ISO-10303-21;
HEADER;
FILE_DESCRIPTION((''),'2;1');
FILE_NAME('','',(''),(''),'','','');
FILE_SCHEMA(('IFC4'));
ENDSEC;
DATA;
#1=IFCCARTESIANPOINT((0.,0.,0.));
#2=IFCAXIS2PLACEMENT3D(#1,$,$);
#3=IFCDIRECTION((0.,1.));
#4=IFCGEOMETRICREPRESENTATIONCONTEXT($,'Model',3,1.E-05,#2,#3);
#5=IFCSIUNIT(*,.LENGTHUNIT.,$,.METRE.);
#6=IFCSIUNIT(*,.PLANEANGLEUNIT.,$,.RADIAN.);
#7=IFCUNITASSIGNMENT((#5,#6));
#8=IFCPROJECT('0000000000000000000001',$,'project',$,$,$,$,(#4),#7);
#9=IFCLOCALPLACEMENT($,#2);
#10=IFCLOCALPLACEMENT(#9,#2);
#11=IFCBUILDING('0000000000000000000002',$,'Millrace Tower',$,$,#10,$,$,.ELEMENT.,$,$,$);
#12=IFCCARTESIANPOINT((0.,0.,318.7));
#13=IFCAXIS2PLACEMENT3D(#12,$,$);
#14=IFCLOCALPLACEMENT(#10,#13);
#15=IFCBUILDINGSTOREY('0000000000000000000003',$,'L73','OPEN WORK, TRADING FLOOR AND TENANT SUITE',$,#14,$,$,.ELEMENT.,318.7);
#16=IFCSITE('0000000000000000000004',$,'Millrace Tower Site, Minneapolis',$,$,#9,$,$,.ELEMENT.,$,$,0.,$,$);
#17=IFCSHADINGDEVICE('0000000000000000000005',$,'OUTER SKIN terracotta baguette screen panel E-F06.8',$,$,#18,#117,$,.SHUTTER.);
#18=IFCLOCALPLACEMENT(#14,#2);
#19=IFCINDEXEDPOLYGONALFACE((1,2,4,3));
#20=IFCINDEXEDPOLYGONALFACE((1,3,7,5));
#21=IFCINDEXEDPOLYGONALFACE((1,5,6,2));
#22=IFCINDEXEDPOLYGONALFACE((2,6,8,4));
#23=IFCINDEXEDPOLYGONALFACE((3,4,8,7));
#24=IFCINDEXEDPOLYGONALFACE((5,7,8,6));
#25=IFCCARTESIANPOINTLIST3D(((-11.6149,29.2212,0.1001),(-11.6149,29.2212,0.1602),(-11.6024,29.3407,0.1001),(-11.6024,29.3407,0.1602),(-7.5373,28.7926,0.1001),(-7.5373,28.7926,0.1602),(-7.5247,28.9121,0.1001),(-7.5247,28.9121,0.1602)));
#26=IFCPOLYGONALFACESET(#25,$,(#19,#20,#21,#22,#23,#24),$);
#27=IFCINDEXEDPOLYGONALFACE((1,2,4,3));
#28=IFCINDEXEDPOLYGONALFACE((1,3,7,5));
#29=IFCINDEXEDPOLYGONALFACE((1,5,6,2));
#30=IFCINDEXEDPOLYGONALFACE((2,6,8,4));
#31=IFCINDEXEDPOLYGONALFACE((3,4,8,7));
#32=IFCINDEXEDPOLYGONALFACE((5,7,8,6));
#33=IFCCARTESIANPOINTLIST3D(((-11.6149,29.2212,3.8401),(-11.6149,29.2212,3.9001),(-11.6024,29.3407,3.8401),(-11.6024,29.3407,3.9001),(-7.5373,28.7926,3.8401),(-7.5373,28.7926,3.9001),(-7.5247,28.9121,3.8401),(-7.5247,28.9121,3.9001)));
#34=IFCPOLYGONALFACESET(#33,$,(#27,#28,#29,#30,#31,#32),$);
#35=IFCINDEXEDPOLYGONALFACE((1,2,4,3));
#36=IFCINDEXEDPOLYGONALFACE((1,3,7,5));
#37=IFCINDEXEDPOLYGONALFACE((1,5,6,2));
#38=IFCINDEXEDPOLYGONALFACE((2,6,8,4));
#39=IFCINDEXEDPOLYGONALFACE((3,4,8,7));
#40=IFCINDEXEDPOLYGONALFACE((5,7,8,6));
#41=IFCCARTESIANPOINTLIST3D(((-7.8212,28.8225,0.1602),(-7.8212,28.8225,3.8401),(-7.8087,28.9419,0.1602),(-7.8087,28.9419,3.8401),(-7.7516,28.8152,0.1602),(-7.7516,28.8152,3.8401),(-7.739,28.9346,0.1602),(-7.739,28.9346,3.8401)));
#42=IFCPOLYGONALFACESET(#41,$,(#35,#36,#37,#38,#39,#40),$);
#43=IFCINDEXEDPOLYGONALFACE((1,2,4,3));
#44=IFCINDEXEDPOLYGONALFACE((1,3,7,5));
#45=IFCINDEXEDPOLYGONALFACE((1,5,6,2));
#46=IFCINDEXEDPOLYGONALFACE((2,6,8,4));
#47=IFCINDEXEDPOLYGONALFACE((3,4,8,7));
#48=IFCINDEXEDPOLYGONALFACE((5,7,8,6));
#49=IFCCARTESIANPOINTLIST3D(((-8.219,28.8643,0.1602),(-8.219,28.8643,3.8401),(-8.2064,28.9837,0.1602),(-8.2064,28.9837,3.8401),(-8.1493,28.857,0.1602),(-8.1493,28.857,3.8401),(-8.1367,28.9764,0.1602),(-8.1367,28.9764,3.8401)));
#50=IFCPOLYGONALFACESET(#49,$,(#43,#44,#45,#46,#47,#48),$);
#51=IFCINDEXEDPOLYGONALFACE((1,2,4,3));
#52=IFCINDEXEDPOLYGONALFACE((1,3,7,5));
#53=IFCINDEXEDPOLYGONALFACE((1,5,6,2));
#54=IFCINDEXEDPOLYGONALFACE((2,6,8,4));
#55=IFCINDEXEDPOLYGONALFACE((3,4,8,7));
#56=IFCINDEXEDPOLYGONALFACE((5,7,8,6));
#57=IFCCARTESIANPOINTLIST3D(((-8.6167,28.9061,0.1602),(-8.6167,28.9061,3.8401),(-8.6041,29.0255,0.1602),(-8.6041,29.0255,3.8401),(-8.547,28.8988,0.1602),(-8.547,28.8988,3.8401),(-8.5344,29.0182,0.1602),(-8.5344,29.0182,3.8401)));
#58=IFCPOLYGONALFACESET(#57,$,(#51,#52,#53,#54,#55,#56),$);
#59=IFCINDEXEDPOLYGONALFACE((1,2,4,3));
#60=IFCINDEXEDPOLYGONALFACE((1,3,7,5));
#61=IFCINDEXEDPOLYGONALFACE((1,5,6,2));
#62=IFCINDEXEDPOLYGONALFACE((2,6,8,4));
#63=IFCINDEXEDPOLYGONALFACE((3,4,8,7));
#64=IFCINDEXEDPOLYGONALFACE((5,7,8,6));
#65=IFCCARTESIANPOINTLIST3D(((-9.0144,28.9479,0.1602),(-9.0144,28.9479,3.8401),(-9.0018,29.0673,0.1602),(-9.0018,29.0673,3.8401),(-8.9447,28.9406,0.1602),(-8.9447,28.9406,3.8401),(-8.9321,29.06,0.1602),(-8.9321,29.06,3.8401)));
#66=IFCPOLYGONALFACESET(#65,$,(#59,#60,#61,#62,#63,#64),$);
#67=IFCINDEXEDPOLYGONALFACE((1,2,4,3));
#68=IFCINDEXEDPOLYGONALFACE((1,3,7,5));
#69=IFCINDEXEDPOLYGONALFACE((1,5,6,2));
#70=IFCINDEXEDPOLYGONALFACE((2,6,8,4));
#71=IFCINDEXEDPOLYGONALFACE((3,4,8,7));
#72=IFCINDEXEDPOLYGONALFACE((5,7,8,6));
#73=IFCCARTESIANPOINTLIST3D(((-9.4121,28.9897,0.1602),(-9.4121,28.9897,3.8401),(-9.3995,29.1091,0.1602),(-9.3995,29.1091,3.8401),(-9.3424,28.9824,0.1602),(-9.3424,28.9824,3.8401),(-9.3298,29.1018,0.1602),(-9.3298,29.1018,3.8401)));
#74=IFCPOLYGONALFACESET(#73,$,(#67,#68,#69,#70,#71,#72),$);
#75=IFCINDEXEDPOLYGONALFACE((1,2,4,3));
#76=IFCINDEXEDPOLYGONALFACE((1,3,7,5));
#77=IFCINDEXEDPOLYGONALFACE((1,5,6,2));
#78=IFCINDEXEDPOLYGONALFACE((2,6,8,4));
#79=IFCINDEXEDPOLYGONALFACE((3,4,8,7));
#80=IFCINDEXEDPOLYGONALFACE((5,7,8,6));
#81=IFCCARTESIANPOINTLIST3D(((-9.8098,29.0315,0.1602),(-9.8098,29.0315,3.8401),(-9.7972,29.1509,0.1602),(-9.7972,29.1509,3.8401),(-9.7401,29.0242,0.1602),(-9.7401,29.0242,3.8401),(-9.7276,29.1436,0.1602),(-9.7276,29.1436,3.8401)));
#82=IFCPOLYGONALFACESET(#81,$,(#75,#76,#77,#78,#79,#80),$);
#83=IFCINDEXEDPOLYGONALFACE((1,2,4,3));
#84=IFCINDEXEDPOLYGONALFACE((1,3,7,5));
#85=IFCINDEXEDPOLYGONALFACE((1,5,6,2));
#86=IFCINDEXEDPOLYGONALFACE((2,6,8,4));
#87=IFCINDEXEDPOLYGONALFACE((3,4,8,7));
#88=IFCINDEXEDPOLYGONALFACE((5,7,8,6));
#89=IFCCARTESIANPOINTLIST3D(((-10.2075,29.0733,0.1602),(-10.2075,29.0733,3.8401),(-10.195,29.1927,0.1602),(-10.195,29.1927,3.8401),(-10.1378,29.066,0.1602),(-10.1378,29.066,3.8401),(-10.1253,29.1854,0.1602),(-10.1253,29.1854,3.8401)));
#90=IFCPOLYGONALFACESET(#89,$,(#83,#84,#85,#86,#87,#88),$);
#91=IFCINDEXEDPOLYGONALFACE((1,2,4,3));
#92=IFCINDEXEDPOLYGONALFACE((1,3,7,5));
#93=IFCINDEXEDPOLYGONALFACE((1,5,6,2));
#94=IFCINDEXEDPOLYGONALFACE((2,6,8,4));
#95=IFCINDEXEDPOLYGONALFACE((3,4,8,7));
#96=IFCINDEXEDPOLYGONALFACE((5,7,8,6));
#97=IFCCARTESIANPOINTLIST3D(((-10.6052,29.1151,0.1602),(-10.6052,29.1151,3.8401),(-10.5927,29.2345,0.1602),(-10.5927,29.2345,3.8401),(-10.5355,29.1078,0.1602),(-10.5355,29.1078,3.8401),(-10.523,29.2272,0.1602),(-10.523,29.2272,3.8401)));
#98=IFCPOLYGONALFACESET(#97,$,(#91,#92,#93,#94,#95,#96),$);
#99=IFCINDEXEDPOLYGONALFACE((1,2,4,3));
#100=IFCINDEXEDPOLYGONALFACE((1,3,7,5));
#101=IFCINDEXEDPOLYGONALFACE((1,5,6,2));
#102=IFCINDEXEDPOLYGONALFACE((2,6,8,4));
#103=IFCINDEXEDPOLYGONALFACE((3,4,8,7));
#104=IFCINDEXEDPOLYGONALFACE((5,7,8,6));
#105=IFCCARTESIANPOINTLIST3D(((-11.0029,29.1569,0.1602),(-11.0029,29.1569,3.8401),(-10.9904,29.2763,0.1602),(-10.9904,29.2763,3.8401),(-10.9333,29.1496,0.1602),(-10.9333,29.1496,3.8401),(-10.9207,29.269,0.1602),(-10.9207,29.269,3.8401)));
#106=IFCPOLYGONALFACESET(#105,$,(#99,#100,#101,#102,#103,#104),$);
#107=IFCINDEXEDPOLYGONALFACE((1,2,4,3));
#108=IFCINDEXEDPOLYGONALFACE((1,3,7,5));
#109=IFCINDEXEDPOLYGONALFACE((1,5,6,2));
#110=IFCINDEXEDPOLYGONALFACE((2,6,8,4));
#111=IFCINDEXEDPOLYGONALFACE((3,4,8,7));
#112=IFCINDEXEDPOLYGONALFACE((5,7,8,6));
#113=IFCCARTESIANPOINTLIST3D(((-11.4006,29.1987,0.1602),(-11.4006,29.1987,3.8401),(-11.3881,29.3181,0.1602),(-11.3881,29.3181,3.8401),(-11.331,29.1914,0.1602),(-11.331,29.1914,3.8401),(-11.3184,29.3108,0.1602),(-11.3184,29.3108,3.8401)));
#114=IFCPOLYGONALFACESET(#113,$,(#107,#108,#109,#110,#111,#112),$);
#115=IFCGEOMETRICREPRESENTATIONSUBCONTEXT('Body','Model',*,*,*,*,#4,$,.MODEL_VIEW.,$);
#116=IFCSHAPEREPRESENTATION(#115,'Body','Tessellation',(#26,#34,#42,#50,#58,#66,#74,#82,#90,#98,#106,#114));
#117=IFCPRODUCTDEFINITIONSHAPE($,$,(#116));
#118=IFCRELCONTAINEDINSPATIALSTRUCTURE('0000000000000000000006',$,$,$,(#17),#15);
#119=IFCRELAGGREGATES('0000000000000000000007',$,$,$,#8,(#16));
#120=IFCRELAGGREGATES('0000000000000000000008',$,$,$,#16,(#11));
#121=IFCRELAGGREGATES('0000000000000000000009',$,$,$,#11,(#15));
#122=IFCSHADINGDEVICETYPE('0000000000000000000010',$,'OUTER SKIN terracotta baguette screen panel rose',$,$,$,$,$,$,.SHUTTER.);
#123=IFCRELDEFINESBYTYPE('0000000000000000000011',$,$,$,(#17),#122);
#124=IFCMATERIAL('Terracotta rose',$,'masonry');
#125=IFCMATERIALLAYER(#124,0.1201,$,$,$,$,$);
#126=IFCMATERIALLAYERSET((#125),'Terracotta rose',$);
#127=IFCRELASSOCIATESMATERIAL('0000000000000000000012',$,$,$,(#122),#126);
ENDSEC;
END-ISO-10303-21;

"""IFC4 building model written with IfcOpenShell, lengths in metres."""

from ifc_helpers import new_model, entity, si_unit, direction, frame, frame_2d, origin, place, context, subcontext, project, spatial, rectangle, extrude, source, transform, mapped, material, layer, layer_set, type_object, element, save


model = new_model("IFC4")

# Units and contexts
model_context = context("Model", 3, precision=1e-05, world=origin(), true_north=direction((0.0, 1.0)))
body_context = subcontext(model_context, "Body", "Model", "MODEL_VIEW")
ifc_project = project(units=[si_unit("LENGTHUNIT", "METRE"), si_unit("PLANEANGLEUNIT", "RADIAN")], contexts=[model_context])

# Site, building, storey
site_placement = place(None, origin())
site = spatial("IfcSite", under=ifc_project, at=site_placement, Name="Millrace Tower Site, Minneapolis", CompositionType="ELEMENT", RefElevation=0.0)
building_placement = place(site_placement, origin())
building = spatial("IfcBuilding", under=site, at=building_placement, Name="Millrace Tower", CompositionType="ELEMENT")
storey_placement = place(building_placement, frame((0.0, 0.0, 318.7)))
storey = spatial("IfcBuildingStorey", under=building, at=storey_placement, Name="L73", Description="OPEN WORK, TRADING FLOOR AND TENANT SUITE", CompositionType="ELEMENT", Elevation=318.7)

# Shading device
ifc_material_1 = material(Name="Terracotta rose", Category="masonry")
ifc_layer_1 = layer(ifc_material_1, 0.1201)
ifc_layer_set_1 = layer_set([ifc_layer_1], Name="Terracotta rose")
shading_device_type = type_object("IfcShadingDeviceType", Name="OUTER SKIN terracotta baguette screen panel rose", PredefinedType="SHUTTER", material=ifc_layer_set_1)
cartesian_point_1 = entity("IfcCartesianPoint", [-2.05, 0.0601])
shared_polyline_1 = entity("IfcPolyline", [cartesian_point_1, entity("IfcCartesianPoint", [2.05, 0.0601]), entity("IfcCartesianPoint", [2.05, -0.0601]), entity("IfcCartesianPoint", [-2.05, -0.0601]), cartesian_point_1])
shared_shape_1 = source(origin(), body_context, "Body", "SweptSolid", [
    entity("IfcExtrudedAreaSolid", entity("IfcArbitraryClosedProfileDef", "AREA", None, shared_polyline_1), entity("IfcAxis2Placement3D", entity("IfcCartesianPoint", [0.0, 0.0, 0.0])), entity("IfcDirection", [0.0, 0.0, 1.0]), 0.0601),
    entity("IfcExtrudedAreaSolid", entity("IfcArbitraryClosedProfileDef", "AREA", None, shared_polyline_1), entity("IfcAxis2Placement3D", entity("IfcCartesianPoint", [0.0, 0.0, 3.74])), entity("IfcDirection", [0.0, 0.0, 1.0]), 0.0601),
    extrude(rectangle(XDim=0.0701, YDim=0.1201, at=frame_2d((-1.7996, 0.0))), frame((0.0, 0.0, 0.0601)), (0.0, 0.0, 1.0), 3.6799),
    extrude(rectangle(XDim=0.0701, YDim=0.1201, at=frame_2d((-1.3997, 0.0))), frame((0.0, 0.0, 0.0601)), (0.0, 0.0, 1.0), 3.6799),
    extrude(rectangle(XDim=0.0701, YDim=0.1201, at=frame_2d((-0.9998, 0.0))), frame((0.0, 0.0, 0.0601)), (0.0, 0.0, 1.0), 3.6799),
    extrude(rectangle(XDim=0.0701, YDim=0.1201, at=frame_2d((-0.5999, 0.0))), frame((0.0, 0.0, 0.0601)), (0.0, 0.0, 1.0), 3.6799),
    extrude(rectangle(XDim=0.0701, YDim=0.1201, at=frame_2d((-0.2, 0.0))), frame((0.0, 0.0, 0.0601)), (0.0, 0.0, 1.0), 3.6799),
    extrude(rectangle(XDim=0.0701, YDim=0.1201, at=frame_2d((0.2, 0.0))), frame((0.0, 0.0, 0.0601)), (0.0, 0.0, 1.0), 3.6799),
    extrude(rectangle(XDim=0.0701, YDim=0.1201, at=frame_2d((0.5999, 0.0))), frame((0.0, 0.0, 0.0601)), (0.0, 0.0, 1.0), 3.6799),
    extrude(rectangle(XDim=0.0701, YDim=0.1201, at=frame_2d((0.9998, 0.0))), frame((0.0, 0.0, 0.0601)), (0.0, 0.0, 1.0), 3.6799),
    extrude(rectangle(XDim=0.0701, YDim=0.1201, at=frame_2d((1.3997, 0.0))), frame((0.0, 0.0, 0.0601)), (0.0, 0.0, 1.0), 3.6799),
    extrude(rectangle(XDim=0.0701, YDim=0.1201, at=frame_2d((1.7996, 0.0))), frame((0.0, 0.0, 0.0601)), (0.0, 0.0, 1.0), 3.6799),
])
for number, where, z_axis, x_axis, name in (
    (1, (-9.5698, 29.0667, 0.1001), (0.0, 0.0, 1.0), (-0.994522, 0.104528, 0.0), "OUTER SKIN terracotta baguette screen panel E-F06.8"),
):
    element("IfcShadingDevice", number, at=place(storey_placement, frame(where, z_axis=z_axis, x_axis=x_axis)), inside=storey, type_object=shading_device_type, Name=name, PredefinedType="SHUTTER", context=body_context, shape_type="MappedRepresentation", body=[
        mapped(shared_shape_1, transform((0.0, 0.0, 0.0), scale=1.0)),
    ])

save(model, "model.ifc")
